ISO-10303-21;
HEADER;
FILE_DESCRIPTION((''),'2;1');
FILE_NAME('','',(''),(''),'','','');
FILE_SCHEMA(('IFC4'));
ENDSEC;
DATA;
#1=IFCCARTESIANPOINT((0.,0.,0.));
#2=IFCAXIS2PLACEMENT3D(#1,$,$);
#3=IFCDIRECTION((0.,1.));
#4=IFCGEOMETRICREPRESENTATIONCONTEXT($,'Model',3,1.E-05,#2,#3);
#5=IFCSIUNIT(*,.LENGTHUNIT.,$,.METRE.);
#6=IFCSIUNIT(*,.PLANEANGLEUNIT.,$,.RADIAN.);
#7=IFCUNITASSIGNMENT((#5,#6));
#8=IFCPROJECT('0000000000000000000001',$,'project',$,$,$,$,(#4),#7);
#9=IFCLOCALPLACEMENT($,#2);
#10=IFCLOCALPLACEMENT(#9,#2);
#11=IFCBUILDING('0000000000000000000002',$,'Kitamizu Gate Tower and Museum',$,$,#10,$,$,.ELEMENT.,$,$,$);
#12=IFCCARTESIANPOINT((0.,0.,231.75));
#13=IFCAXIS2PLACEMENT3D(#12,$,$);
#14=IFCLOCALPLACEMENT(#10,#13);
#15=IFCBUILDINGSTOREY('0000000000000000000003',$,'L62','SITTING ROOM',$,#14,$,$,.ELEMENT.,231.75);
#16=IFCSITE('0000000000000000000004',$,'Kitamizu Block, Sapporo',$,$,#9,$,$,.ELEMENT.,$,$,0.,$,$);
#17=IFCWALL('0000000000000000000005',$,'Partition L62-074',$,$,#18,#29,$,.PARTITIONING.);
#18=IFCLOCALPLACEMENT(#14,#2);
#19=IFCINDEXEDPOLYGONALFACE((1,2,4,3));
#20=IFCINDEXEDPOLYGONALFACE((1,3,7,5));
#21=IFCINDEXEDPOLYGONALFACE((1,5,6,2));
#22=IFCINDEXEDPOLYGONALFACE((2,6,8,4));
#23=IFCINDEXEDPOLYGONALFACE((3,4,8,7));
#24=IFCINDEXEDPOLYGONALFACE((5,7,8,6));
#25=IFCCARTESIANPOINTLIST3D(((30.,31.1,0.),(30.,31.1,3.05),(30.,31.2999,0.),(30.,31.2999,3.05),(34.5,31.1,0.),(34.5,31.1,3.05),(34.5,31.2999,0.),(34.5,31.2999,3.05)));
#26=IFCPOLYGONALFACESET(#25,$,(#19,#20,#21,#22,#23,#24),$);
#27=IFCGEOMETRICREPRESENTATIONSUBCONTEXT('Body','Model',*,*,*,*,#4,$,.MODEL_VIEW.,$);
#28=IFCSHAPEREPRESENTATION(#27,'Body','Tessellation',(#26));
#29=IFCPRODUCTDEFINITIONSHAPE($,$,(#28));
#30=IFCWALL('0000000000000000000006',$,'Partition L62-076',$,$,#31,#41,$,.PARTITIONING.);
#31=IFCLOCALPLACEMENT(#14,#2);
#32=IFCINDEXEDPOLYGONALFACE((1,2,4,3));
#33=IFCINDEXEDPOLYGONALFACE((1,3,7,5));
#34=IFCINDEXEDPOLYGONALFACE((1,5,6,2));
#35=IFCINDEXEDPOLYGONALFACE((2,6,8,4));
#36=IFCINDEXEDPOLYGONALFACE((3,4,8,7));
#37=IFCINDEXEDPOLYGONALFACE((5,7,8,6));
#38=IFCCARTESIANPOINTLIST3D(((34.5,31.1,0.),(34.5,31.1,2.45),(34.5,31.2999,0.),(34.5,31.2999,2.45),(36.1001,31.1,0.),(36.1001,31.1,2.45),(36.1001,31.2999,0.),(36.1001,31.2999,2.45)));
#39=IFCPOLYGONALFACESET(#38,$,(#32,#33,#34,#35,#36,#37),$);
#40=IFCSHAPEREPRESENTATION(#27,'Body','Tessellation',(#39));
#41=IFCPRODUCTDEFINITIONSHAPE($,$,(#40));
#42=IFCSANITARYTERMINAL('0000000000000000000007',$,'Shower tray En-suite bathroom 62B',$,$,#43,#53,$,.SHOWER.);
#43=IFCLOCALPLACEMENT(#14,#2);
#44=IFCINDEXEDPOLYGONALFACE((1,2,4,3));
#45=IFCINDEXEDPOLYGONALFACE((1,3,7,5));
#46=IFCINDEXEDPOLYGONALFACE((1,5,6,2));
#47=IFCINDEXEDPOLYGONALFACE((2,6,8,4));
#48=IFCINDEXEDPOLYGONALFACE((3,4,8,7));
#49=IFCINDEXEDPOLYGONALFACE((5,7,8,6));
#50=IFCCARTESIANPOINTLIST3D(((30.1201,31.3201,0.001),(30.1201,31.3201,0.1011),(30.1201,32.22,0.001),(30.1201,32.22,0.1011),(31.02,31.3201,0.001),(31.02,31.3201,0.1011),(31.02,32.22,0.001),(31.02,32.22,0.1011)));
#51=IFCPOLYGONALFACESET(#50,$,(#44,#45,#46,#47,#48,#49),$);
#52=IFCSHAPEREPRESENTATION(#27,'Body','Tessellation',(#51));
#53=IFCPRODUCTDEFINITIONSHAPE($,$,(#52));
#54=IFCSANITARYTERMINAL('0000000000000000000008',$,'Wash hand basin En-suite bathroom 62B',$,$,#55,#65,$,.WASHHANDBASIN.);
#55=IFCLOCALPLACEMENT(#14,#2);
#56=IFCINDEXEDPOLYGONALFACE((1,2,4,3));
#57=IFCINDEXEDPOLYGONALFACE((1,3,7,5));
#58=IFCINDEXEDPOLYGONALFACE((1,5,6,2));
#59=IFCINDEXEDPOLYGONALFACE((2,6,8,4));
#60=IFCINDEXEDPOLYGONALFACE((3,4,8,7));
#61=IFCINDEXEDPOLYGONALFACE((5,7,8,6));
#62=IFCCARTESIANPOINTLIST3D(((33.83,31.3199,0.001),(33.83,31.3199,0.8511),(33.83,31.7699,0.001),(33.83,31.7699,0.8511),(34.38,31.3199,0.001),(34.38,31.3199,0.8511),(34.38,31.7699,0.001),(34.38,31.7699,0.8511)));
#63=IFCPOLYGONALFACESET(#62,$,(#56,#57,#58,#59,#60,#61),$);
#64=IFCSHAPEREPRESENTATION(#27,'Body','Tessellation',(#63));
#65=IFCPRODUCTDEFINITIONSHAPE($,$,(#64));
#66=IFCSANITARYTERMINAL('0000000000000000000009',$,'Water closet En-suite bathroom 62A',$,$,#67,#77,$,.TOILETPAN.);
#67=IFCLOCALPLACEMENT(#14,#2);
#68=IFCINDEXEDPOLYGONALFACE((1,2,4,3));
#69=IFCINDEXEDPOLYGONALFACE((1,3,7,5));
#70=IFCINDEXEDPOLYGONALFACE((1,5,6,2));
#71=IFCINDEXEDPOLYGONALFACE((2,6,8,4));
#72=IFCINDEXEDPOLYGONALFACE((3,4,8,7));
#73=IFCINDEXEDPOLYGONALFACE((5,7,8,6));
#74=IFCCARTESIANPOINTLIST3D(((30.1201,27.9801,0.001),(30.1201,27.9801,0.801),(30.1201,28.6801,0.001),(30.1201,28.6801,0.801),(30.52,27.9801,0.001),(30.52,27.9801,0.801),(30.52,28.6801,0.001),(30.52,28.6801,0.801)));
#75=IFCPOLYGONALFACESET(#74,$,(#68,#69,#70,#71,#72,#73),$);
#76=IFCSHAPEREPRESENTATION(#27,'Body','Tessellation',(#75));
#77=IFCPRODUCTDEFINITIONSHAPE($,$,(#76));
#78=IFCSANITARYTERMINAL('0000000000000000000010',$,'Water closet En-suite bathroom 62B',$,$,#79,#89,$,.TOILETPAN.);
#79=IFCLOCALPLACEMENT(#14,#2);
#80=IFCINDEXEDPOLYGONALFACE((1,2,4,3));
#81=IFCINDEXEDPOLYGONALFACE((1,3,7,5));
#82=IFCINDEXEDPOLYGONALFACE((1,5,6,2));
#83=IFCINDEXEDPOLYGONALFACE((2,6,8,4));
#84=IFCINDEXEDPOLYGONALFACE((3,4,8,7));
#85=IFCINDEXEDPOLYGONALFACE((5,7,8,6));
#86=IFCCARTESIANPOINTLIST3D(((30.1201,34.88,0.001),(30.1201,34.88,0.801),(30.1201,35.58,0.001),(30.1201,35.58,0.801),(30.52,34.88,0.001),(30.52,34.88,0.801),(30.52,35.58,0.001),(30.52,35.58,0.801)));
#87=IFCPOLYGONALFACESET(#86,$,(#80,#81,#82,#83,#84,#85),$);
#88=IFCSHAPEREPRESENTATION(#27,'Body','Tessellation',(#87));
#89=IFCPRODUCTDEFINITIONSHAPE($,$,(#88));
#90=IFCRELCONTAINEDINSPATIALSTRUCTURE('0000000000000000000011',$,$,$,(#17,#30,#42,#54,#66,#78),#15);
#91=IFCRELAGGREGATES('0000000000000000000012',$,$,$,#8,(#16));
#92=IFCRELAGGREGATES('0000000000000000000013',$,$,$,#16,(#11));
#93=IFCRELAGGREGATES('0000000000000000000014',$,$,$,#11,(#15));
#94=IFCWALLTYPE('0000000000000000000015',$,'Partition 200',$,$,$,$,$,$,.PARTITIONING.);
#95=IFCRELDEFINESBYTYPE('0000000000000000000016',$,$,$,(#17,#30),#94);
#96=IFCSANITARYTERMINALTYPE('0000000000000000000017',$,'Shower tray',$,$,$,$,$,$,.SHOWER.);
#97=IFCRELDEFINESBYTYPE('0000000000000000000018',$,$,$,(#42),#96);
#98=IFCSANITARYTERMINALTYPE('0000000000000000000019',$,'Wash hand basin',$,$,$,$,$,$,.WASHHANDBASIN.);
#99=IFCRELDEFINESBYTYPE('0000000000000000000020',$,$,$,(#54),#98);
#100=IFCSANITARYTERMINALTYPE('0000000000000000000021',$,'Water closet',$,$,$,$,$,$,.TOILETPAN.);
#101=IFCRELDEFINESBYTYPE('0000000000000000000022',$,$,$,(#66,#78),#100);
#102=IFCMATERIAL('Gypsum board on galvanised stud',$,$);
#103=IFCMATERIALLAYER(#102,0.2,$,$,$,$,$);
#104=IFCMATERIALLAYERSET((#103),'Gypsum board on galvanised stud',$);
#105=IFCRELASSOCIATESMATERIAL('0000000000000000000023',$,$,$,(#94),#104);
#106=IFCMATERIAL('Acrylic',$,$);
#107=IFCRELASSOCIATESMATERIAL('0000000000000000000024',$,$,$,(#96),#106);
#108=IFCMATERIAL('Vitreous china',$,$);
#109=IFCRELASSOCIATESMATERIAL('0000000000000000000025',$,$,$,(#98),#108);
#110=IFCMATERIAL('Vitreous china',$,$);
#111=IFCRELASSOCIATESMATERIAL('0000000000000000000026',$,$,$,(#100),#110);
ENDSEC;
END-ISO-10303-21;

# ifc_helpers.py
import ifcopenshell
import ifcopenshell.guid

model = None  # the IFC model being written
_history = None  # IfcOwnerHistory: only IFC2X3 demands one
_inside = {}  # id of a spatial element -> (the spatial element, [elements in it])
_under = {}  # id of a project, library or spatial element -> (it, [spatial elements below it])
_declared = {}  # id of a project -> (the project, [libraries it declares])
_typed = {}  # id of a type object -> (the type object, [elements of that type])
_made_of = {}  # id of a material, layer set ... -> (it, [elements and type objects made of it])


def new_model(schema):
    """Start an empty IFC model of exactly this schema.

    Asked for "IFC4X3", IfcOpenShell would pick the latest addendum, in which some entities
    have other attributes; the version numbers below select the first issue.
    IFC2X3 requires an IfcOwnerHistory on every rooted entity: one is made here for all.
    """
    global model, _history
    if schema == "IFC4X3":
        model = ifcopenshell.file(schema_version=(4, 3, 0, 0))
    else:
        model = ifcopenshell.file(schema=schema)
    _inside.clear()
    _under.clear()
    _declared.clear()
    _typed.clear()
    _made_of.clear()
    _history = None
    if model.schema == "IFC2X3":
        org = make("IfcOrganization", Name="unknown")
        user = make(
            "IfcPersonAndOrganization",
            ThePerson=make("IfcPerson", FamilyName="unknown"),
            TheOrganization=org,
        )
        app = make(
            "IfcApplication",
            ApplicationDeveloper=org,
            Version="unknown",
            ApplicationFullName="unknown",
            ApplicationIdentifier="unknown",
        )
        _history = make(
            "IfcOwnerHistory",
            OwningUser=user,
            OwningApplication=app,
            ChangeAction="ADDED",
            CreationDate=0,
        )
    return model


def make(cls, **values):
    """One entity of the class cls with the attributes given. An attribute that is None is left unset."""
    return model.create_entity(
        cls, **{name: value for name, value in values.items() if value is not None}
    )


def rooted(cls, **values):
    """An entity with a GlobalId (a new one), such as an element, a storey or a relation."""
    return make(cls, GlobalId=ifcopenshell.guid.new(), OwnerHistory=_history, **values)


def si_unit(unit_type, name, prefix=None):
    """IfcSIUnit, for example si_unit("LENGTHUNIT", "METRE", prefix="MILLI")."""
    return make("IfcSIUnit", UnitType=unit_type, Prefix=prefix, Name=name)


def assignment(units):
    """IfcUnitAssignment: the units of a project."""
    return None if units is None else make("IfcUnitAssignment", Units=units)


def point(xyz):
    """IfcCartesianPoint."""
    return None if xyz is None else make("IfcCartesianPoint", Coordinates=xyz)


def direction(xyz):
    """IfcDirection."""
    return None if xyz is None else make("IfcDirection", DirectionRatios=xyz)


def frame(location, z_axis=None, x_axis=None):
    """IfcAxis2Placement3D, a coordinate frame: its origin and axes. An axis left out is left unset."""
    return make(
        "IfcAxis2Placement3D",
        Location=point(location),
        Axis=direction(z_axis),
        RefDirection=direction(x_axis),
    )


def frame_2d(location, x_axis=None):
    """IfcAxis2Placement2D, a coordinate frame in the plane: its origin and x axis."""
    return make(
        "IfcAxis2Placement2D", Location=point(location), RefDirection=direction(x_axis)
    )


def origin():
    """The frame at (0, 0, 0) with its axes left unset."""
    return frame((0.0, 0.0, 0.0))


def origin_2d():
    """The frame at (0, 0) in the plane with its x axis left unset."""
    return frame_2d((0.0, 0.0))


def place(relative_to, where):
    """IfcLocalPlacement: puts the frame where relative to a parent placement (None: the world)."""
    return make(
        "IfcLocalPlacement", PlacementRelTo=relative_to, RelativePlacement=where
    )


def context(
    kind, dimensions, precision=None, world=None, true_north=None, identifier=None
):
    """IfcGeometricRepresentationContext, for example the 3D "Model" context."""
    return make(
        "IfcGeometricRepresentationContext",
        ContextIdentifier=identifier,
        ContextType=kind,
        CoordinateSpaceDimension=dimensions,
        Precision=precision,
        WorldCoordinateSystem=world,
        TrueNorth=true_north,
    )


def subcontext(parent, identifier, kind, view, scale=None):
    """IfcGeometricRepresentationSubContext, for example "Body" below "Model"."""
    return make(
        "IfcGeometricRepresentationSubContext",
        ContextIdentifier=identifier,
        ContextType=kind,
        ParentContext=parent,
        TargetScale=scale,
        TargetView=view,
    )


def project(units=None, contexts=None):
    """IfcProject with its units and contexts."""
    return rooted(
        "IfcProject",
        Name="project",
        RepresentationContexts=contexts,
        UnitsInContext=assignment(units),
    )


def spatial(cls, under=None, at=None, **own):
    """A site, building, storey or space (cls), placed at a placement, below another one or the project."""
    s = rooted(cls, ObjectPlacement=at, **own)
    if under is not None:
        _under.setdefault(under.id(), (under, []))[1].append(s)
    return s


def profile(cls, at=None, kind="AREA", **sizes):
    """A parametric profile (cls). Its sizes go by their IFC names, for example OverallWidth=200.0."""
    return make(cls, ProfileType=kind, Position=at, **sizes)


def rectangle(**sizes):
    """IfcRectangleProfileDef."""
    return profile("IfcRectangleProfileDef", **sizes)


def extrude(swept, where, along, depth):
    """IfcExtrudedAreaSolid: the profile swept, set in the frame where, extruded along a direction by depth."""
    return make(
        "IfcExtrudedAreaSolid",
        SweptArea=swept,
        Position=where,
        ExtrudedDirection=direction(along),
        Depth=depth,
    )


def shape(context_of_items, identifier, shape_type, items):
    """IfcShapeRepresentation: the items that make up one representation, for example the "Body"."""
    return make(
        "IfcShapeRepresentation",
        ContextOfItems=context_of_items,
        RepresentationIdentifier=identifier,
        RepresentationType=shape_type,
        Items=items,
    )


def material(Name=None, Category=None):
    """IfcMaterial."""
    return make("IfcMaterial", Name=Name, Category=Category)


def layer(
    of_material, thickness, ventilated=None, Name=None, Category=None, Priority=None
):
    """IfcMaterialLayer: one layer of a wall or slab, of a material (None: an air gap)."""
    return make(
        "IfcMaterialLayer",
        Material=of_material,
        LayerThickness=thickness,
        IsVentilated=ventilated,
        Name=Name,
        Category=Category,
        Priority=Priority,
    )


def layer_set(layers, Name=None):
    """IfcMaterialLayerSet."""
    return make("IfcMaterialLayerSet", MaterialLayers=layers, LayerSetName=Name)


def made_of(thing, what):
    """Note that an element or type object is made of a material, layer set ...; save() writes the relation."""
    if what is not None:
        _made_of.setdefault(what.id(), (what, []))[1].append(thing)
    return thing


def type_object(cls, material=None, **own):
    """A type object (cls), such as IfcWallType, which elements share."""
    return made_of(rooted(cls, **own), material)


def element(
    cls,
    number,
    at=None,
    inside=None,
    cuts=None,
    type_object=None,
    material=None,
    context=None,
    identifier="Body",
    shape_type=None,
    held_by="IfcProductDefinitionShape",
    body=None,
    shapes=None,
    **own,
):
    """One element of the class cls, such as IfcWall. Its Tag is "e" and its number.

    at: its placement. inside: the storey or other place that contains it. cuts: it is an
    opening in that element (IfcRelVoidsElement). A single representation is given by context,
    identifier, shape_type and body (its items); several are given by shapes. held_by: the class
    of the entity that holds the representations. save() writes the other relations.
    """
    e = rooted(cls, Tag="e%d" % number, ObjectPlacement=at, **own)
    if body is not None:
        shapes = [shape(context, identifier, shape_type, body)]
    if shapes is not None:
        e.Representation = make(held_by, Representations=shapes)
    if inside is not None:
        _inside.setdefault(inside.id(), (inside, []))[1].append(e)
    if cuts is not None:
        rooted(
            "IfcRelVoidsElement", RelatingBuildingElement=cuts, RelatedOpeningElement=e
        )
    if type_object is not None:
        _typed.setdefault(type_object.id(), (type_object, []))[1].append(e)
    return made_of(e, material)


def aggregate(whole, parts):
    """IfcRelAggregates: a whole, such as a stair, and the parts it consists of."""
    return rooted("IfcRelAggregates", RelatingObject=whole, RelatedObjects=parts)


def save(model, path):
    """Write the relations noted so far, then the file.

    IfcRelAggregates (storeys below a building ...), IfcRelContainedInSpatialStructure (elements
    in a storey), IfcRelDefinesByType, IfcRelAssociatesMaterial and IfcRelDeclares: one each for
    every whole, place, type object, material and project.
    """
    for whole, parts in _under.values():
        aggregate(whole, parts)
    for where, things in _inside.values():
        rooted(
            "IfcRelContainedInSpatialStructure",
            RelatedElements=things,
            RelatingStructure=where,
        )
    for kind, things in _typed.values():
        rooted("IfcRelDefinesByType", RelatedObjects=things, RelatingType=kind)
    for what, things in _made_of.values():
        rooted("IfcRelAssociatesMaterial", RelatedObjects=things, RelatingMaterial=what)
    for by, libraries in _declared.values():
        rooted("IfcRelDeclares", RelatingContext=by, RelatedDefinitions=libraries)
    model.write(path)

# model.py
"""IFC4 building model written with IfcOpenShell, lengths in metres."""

from ifc_helpers import new_model, si_unit, direction, frame, frame_2d, origin, origin_2d, place, context, subcontext, project, spatial, rectangle, extrude, material, layer, layer_set, type_object, element, save


model = new_model("IFC4")

# Units and contexts
model_context = context("Model", 3, precision=1e-05, world=origin(), true_north=direction((0.0, 1.0)))
body_context = subcontext(model_context, "Body", "Model", "MODEL_VIEW")
ifc_project = project(units=[si_unit("LENGTHUNIT", "METRE"), si_unit("PLANEANGLEUNIT", "RADIAN")], contexts=[model_context])

# Site, building, storey
site_placement = place(None, origin())
site = spatial("IfcSite", under=ifc_project, at=site_placement, Name="Kitamizu Block, Sapporo", CompositionType="ELEMENT", RefElevation=0.0)
building_placement = place(site_placement, origin())
building = spatial("IfcBuilding", under=site, at=building_placement, Name="Kitamizu Gate Tower and Museum", CompositionType="ELEMENT")
storey_placement = place(building_placement, frame((0.0, 0.0, 231.75)))
storey = spatial("IfcBuildingStorey", under=building, at=storey_placement, Name="L62", Description="SITTING ROOM", CompositionType="ELEMENT", Elevation=231.75)

# Walls
ifc_material_1 = material(Name="Gypsum board on galvanised stud")
ifc_layer_1 = layer(ifc_material_1, 0.2)
ifc_layer_set_1 = layer_set([ifc_layer_1], Name="Gypsum board on galvanised stud")
wall_type_1 = type_object("IfcWallType", Name="Partition 200", PredefinedType="PARTITIONING", material=ifc_layer_set_1)
wall_1_placement = place(storey_placement, frame((30.0, 31.2, 0.0), z_axis=(0.0, 0.0, 1.0), x_axis=(1.0, 0.0, 0.0)))
element("IfcWall", 1, at=wall_1_placement, inside=storey, type_object=wall_type_1, Name="Partition L62-074", PredefinedType="PARTITIONING", context=body_context, shape_type="SweptSolid", body=[
    extrude(rectangle(XDim=4.5, YDim=0.2, at=frame_2d((2.25, 0.0))), origin(), (0.0, 0.0, 1.0), 3.05),
])
wall_2_placement = place(storey_placement, frame((34.5, 31.2, 0.0), z_axis=(0.0, 0.0, 1.0), x_axis=(1.0, 0.0, 0.0)))
element("IfcWall", 2, at=wall_2_placement, inside=storey, type_object=wall_type_1, Name="Partition L62-076", PredefinedType="PARTITIONING", context=body_context, shape_type="SweptSolid", body=[
    extrude(rectangle(XDim=1.6001, YDim=0.2, at=frame_2d((0.8, 0.0))), origin(), (0.0, 0.0, 1.0), 2.45),
])

# Sanitary terminals
ifc_material_2 = material(Name="Acrylic")
sanitary_terminal_type_1 = type_object("IfcSanitaryTerminalType", Name="Shower tray", PredefinedType="SHOWER", material=ifc_material_2)
sanitary_terminal_1_placement = place(storey_placement, frame((30.5701, 31.77, 0.001), z_axis=(0.0, 0.0, 1.0), x_axis=(1.0, 0.0, 0.0)))
element("IfcSanitaryTerminal", 3, at=sanitary_terminal_1_placement, inside=storey, type_object=sanitary_terminal_type_1, Name="Shower tray En-suite bathroom 62B", PredefinedType="SHOWER", context=body_context, shape_type="SweptSolid", body=[
    extrude(rectangle(XDim=0.8999, YDim=0.8999, at=origin_2d()), origin(), (0.0, 0.0, 1.0), 0.1001),
])
ifc_material_3 = material(Name="Vitreous china")
sanitary_terminal_type_2 = type_object("IfcSanitaryTerminalType", Name="Wash hand basin", PredefinedType="WASHHANDBASIN", material=ifc_material_3)
sanitary_terminal_2_placement = place(storey_placement, frame((34.105, 31.5449, 0.001), z_axis=(0.0, 0.0, 1.0), x_axis=(1.0, 0.0, 0.0)))
element("IfcSanitaryTerminal", 4, at=sanitary_terminal_2_placement, inside=storey, type_object=sanitary_terminal_type_2, Name="Wash hand basin En-suite bathroom 62B", PredefinedType="WASHHANDBASIN", context=body_context, shape_type="SweptSolid", body=[
    extrude(rectangle(XDim=0.55, YDim=0.45, at=origin_2d()), origin(), (0.0, 0.0, 1.0), 0.8501),
])
ifc_material_4 = material(Name="Vitreous china")
sanitary_terminal_type_3 = type_object("IfcSanitaryTerminalType", Name="Water closet", PredefinedType="TOILETPAN", material=ifc_material_4)
for number, where, z_axis, x_axis, name in (
    (5, (30.3201, 28.3301, 0.001), (0.0, 0.0, 1.0), (1.0, 0.0, 0.0), "Water closet En-suite bathroom 62A"),
    (6, (30.3201, 35.23, 0.001), (0.0, 0.0, 1.0), (1.0, 0.0, 0.0), "Water closet En-suite bathroom 62B"),
):
    element("IfcSanitaryTerminal", number, at=place(storey_placement, frame(where, z_axis=z_axis, x_axis=x_axis)), inside=storey, type_object=sanitary_terminal_type_3, Name=name, PredefinedType="TOILETPAN", context=body_context, shape_type="SweptSolid", body=[
        extrude(rectangle(XDim=0.3999, YDim=0.7, at=origin_2d()), origin(), (0.0, 0.0, 1.0), 0.8),
    ])

save(model, "model.ifc")
